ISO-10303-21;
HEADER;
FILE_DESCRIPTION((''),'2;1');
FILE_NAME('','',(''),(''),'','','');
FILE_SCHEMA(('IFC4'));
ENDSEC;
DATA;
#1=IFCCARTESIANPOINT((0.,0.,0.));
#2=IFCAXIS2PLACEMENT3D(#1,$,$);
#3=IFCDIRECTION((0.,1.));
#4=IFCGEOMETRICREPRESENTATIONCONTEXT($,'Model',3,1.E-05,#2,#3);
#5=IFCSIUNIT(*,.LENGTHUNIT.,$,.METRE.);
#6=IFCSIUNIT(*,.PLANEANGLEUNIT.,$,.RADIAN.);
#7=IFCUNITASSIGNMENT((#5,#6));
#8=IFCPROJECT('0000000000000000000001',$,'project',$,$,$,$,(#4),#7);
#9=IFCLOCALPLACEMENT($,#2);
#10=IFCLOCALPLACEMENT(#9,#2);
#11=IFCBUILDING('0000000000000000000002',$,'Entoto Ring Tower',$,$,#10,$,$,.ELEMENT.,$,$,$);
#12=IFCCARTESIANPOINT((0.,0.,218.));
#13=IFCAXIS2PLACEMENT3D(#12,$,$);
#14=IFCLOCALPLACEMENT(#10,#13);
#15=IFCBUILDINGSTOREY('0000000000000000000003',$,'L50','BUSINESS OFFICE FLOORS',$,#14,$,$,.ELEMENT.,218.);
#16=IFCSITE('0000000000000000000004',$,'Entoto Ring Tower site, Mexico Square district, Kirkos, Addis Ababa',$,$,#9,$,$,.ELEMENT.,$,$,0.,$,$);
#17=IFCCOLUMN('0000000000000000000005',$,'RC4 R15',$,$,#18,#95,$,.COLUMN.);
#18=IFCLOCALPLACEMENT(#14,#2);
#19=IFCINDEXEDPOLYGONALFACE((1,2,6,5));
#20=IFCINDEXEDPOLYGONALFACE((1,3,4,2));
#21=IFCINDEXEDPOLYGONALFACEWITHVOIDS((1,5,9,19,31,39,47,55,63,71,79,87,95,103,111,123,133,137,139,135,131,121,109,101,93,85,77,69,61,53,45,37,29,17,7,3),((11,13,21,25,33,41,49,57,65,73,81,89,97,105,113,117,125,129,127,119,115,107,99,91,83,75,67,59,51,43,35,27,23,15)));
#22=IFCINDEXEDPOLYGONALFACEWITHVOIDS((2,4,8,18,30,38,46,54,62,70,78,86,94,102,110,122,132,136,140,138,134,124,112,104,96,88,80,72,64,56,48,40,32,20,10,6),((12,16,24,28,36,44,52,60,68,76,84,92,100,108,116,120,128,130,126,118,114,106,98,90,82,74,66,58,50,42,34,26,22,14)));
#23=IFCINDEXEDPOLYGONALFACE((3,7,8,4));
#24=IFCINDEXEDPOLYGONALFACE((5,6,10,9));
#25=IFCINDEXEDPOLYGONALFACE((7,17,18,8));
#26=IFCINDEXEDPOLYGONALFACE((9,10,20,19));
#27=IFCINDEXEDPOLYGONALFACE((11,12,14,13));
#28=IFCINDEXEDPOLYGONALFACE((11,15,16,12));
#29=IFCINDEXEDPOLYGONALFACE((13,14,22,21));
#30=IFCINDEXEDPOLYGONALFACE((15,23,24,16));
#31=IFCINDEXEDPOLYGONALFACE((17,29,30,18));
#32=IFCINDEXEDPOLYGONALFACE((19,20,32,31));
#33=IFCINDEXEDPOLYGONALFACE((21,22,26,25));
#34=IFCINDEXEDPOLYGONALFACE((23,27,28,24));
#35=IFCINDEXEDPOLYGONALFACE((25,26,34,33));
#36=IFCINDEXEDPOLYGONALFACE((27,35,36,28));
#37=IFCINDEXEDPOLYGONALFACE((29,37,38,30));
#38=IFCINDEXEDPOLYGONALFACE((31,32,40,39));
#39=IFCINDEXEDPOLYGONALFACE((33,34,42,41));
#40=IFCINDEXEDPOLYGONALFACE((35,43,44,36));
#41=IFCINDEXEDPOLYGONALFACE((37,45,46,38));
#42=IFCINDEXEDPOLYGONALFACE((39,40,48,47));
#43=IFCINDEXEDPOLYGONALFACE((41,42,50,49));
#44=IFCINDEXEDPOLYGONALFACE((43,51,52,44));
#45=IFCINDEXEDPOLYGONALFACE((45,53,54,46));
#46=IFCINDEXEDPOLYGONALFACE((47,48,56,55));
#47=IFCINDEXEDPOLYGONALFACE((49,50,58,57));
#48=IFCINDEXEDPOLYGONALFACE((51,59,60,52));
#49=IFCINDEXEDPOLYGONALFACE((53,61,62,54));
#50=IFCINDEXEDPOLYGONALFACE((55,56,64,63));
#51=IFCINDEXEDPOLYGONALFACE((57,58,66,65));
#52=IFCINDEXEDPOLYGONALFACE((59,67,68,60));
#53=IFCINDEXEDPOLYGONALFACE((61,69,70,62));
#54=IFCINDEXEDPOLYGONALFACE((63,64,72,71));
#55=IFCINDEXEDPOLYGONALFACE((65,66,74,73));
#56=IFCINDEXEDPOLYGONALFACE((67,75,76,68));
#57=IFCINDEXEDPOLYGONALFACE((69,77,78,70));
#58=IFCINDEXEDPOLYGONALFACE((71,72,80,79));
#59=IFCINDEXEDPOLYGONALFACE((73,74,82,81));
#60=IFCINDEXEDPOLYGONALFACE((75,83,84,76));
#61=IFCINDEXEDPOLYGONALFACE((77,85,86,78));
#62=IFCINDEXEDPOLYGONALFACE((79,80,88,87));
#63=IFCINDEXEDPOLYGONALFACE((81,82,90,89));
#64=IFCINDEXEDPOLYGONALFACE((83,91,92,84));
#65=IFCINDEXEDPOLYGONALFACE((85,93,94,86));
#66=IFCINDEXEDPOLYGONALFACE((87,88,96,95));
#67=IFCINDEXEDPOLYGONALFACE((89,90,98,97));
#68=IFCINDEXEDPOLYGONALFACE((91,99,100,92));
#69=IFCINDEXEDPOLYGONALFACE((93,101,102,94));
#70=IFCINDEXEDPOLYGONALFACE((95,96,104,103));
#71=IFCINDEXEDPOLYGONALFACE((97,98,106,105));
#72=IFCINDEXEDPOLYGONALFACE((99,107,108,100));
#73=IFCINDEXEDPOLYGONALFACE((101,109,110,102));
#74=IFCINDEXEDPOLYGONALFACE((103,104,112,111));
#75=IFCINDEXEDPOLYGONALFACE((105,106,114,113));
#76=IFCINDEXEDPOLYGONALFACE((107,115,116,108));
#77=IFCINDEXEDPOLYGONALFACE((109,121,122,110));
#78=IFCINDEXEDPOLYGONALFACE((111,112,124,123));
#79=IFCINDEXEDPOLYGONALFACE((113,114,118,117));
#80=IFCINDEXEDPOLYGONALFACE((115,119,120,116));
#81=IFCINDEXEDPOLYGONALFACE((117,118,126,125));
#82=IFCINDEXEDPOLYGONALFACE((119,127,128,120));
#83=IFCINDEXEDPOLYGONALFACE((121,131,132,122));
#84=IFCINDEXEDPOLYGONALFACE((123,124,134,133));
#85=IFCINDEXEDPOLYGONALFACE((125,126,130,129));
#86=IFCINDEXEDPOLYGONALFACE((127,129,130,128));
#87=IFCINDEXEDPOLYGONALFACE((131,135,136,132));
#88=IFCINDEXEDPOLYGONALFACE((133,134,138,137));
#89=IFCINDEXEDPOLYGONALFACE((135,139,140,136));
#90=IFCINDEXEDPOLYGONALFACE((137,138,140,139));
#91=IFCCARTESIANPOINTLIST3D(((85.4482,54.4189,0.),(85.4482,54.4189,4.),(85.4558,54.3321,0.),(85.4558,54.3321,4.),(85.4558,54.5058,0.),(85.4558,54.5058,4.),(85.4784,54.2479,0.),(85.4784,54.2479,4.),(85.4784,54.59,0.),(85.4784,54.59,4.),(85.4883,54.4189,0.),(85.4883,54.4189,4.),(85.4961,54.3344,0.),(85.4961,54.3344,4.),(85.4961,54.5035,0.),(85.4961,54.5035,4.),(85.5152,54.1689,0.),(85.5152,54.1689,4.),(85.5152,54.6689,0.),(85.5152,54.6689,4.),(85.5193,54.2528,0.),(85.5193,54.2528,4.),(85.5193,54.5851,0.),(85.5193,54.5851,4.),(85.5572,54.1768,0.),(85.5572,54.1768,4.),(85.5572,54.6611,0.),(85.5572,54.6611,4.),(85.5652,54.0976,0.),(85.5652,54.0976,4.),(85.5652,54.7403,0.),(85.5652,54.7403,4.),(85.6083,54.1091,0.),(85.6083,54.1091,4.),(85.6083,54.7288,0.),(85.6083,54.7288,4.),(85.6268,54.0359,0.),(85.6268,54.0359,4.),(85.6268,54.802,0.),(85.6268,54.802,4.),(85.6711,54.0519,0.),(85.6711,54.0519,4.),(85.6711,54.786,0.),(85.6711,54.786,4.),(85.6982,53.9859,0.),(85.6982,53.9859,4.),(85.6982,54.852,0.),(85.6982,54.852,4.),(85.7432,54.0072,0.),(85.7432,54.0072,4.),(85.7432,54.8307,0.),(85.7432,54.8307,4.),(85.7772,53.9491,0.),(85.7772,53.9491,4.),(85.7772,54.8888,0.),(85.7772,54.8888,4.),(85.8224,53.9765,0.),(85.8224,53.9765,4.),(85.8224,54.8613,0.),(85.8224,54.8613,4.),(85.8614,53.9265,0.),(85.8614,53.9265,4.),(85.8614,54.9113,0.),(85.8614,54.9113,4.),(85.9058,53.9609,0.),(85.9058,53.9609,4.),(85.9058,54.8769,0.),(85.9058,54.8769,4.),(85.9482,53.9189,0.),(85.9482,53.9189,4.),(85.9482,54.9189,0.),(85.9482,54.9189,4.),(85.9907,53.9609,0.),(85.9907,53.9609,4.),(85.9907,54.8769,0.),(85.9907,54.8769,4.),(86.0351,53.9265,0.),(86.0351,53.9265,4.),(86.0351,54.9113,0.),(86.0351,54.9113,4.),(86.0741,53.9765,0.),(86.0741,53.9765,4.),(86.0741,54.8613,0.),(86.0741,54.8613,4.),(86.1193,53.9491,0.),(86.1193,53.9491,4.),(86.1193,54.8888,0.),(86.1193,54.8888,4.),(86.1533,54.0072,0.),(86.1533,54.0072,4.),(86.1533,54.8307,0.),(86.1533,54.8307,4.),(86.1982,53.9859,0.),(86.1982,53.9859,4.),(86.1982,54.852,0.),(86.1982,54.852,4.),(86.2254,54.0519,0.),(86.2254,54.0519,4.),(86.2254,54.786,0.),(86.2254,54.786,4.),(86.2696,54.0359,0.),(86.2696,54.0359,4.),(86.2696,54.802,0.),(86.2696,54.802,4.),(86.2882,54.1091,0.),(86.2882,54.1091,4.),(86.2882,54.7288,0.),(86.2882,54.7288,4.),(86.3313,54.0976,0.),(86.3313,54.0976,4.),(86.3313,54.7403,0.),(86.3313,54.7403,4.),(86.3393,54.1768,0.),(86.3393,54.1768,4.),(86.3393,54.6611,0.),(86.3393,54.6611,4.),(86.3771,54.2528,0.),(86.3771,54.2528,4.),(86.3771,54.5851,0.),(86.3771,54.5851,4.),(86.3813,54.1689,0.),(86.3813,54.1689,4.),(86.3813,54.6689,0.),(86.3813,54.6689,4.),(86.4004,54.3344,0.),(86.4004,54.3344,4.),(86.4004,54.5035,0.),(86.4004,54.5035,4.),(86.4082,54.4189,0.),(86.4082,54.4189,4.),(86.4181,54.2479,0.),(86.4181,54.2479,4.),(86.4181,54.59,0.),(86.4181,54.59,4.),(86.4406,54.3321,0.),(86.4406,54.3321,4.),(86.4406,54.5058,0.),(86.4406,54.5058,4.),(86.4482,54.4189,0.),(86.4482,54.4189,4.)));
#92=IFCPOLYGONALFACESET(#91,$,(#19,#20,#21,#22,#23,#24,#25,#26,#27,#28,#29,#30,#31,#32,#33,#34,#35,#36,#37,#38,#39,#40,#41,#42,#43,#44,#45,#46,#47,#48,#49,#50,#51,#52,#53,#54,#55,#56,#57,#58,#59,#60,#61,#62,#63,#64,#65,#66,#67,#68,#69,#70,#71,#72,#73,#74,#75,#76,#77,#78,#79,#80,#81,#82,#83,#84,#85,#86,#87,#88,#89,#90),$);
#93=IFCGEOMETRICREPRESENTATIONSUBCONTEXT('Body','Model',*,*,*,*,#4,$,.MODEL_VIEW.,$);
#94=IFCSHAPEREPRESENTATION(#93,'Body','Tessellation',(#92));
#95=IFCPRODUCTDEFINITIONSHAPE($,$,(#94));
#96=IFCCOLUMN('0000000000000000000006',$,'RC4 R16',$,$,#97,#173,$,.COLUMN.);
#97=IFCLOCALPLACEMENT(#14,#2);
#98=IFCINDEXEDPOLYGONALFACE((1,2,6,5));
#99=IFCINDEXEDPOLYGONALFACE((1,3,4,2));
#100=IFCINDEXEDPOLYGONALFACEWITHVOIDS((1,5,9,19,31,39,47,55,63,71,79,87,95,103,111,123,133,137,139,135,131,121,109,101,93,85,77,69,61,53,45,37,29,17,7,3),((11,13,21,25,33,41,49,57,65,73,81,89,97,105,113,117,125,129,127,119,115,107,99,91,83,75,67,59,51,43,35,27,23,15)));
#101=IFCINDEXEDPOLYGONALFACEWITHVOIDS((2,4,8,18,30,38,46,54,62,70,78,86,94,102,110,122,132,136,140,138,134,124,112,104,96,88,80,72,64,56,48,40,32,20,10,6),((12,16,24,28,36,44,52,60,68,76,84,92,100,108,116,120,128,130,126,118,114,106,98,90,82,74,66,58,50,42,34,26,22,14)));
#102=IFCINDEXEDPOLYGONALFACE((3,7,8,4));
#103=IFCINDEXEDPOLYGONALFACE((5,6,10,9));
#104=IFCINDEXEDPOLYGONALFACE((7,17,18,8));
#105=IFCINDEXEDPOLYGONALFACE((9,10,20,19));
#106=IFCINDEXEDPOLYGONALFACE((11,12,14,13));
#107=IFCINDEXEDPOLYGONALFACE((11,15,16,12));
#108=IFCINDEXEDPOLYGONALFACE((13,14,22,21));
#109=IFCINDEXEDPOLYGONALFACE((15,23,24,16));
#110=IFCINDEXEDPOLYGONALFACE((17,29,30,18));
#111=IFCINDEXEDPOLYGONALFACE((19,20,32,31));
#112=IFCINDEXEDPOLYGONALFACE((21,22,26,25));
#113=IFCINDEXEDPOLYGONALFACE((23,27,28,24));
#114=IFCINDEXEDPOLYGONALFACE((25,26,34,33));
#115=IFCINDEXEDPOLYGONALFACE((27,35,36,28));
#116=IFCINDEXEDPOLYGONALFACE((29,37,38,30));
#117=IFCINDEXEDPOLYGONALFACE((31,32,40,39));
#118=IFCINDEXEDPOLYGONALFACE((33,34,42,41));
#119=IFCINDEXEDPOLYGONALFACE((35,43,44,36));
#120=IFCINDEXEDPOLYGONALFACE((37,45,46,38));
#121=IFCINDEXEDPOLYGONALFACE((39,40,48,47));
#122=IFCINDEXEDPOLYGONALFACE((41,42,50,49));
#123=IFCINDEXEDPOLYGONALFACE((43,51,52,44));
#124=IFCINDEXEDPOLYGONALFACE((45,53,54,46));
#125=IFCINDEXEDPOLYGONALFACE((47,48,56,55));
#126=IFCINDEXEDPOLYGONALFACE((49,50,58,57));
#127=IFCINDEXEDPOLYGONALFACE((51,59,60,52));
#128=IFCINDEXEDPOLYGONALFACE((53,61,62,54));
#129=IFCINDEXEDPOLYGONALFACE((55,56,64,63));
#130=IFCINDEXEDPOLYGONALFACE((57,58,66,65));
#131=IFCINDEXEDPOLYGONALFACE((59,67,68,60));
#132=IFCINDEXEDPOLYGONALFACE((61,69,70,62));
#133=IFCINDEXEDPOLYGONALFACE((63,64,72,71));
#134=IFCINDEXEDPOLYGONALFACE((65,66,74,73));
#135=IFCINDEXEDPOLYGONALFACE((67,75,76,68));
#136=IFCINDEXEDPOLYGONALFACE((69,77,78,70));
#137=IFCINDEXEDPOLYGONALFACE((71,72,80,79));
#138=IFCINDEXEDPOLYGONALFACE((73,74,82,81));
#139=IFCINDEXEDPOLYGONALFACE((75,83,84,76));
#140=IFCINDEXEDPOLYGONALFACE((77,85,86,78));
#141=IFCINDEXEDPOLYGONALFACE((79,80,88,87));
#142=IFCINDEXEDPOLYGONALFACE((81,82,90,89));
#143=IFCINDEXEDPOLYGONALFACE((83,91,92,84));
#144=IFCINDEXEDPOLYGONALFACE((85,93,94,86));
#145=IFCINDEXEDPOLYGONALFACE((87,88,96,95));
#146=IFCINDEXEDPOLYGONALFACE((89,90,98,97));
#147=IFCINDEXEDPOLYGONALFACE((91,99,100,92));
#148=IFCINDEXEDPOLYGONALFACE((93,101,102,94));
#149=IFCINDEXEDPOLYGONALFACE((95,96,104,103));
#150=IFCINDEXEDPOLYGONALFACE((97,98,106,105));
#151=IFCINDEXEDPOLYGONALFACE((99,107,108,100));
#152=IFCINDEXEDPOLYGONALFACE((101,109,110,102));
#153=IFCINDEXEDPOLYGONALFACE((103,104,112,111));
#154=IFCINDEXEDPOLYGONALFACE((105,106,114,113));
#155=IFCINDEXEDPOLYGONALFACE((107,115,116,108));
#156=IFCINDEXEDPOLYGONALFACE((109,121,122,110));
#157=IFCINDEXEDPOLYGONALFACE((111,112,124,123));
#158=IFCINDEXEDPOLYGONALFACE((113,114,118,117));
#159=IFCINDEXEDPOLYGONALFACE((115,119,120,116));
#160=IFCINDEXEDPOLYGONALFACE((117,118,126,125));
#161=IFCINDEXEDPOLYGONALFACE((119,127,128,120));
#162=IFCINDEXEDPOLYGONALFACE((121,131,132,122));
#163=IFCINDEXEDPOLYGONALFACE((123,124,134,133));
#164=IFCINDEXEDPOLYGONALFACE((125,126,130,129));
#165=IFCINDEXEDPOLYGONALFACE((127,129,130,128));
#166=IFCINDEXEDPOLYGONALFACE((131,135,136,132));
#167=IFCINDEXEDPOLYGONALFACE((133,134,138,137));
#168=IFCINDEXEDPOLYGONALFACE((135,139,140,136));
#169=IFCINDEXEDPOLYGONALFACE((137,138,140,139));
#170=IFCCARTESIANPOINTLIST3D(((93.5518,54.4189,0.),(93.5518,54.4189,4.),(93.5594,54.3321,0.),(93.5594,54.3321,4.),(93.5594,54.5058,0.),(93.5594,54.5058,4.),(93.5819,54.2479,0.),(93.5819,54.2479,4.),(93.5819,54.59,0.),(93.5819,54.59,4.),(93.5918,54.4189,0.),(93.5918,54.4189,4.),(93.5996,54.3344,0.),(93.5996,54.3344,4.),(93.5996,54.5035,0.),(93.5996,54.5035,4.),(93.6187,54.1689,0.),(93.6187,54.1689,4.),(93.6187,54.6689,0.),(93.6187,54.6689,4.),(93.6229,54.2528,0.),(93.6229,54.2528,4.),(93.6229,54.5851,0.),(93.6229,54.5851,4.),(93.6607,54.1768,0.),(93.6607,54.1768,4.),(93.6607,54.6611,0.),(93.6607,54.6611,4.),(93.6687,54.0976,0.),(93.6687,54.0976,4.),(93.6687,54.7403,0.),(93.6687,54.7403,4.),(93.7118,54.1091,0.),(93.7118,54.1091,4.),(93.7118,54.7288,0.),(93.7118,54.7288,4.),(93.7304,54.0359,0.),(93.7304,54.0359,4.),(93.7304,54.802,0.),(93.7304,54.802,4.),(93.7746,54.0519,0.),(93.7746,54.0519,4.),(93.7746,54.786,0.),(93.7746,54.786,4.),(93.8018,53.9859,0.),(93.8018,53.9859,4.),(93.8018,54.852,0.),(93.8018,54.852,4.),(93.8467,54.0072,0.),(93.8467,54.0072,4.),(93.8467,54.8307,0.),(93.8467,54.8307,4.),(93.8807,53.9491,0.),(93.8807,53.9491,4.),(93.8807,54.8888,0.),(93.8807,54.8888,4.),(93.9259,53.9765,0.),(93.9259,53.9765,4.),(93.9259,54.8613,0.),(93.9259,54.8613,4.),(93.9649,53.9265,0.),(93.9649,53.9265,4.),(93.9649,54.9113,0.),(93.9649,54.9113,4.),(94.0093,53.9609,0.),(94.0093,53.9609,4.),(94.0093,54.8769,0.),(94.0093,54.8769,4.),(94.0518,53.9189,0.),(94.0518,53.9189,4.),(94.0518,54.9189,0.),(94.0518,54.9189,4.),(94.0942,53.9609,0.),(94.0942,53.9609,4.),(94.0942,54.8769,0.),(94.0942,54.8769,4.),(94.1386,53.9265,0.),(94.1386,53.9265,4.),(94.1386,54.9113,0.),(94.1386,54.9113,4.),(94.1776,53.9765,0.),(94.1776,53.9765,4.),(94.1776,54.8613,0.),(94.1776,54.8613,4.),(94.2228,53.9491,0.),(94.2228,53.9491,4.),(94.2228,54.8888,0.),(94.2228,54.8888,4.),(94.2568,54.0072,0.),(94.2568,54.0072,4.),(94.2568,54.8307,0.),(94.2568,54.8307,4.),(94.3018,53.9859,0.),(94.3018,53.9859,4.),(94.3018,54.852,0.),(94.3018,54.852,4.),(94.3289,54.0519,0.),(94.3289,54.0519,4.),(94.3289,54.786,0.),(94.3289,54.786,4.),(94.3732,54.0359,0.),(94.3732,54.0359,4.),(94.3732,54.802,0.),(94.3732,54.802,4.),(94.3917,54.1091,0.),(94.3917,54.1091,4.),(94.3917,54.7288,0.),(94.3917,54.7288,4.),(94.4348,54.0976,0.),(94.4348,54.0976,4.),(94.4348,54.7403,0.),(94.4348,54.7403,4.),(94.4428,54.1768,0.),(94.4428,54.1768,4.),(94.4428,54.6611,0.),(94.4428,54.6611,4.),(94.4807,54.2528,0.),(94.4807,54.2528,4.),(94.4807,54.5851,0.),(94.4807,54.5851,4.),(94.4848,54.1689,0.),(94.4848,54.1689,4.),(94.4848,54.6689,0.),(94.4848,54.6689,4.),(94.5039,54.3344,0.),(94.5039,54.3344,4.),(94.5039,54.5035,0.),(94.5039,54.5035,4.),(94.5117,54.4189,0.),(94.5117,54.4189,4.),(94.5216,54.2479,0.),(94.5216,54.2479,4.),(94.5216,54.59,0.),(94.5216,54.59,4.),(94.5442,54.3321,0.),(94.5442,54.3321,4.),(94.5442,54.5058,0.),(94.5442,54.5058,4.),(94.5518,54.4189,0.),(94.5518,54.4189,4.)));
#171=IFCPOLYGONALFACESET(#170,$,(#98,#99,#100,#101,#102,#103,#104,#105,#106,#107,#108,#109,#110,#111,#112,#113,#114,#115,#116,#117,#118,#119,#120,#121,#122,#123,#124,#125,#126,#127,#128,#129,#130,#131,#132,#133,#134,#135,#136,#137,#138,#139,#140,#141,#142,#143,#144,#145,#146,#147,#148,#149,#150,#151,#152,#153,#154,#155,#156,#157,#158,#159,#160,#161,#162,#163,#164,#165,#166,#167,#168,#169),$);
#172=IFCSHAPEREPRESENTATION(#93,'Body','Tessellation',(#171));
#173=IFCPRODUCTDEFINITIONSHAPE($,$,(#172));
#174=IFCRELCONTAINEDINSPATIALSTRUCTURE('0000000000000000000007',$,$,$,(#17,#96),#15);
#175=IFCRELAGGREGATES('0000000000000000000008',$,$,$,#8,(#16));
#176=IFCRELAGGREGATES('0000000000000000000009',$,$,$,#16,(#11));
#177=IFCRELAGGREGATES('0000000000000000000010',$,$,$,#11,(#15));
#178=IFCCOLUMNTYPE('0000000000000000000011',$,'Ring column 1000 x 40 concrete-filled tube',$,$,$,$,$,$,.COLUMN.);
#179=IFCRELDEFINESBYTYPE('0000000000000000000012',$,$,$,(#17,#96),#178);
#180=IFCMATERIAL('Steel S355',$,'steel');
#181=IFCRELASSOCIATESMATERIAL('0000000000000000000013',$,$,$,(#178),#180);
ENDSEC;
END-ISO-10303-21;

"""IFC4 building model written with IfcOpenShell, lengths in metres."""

from ifc_helpers import new_model, si_unit, direction, frame, origin, origin_2d, place, context, subcontext, project, spatial, circle, hollow_circle, extrude, material, material_profile, profile_set, type_object, element, save


model = new_model("IFC4")

# Units and contexts
model_context = context("Model", 3, precision=1e-05, world=origin(), true_north=direction((0.0, 1.0)))
body_context = subcontext(model_context, "Body", "Model", "MODEL_VIEW")
ifc_project = project(units=[si_unit("LENGTHUNIT", "METRE"), si_unit("PLANEANGLEUNIT", "RADIAN")], contexts=[model_context])

# Site, building, storey
site_placement = place(None, origin())
site = spatial("IfcSite", under=ifc_project, at=site_placement, Name="Entoto Ring Tower site, Mexico Square district, Kirkos, Addis Ababa", CompositionType="ELEMENT", RefElevation=0.0)
building_placement = place(site_placement, origin())
building = spatial("IfcBuilding", under=site, at=building_placement, Name="Entoto Ring Tower", CompositionType="ELEMENT")
storey_placement = place(building_placement, frame((0.0, 0.0, 218.0)))
storey = spatial("IfcBuildingStorey", under=building, at=storey_placement, Name="L50", Description="BUSINESS OFFICE FLOORS", CompositionType="ELEMENT", Elevation=218.0)

# Columns
ifc_material_1 = material(Name="Steel S355", Category="steel")
ifc_material_profile_1 = material_profile(ifc_material_1, hollow_circle(Radius=0.5, WallThickness=0.04, at=origin_2d()), Name="CHS 1000 x 40")
ifc_material_2 = material(Name="Concrete C60/75", Category="concrete")
ifc_material_profile_2 = material_profile(ifc_material_2, circle(Radius=0.46, at=origin_2d()), Name="Concrete C60/75 infill")
ifc_profile_set_1 = profile_set([ifc_material_profile_1, ifc_material_profile_2], Name="Steel S355")
column_type = type_object("IfcColumnType", Name="Ring column 1000 x 40 concrete-filled tube", PredefinedType="COLUMN", material=ifc_profile_set_1)
for number, where, z_axis, x_axis, name in (
    (1, (85.9482, 54.4189, 0.0), (0.0, 0.0, 1.0), (1.0, 0.0, 0.0), "RC4 R15"),
    (2, (94.0518, 54.4189, 0.0), (0.0, 0.0, 1.0), (1.0, 0.0, 0.0), "RC4 R16"),
):
    element("IfcColumn", number, at=place(storey_placement, frame(where, z_axis=z_axis, x_axis=x_axis)), inside=storey, type_object=column_type, Name=name, PredefinedType="COLUMN", context=body_context, shape_type="SweptSolid", body=[
        extrude(hollow_circle(Radius=0.5, WallThickness=0.04, at=origin_2d()), origin(), (0.0, 0.0, 1.0), 4.0),
    ])

save(model, "model.ifc")
